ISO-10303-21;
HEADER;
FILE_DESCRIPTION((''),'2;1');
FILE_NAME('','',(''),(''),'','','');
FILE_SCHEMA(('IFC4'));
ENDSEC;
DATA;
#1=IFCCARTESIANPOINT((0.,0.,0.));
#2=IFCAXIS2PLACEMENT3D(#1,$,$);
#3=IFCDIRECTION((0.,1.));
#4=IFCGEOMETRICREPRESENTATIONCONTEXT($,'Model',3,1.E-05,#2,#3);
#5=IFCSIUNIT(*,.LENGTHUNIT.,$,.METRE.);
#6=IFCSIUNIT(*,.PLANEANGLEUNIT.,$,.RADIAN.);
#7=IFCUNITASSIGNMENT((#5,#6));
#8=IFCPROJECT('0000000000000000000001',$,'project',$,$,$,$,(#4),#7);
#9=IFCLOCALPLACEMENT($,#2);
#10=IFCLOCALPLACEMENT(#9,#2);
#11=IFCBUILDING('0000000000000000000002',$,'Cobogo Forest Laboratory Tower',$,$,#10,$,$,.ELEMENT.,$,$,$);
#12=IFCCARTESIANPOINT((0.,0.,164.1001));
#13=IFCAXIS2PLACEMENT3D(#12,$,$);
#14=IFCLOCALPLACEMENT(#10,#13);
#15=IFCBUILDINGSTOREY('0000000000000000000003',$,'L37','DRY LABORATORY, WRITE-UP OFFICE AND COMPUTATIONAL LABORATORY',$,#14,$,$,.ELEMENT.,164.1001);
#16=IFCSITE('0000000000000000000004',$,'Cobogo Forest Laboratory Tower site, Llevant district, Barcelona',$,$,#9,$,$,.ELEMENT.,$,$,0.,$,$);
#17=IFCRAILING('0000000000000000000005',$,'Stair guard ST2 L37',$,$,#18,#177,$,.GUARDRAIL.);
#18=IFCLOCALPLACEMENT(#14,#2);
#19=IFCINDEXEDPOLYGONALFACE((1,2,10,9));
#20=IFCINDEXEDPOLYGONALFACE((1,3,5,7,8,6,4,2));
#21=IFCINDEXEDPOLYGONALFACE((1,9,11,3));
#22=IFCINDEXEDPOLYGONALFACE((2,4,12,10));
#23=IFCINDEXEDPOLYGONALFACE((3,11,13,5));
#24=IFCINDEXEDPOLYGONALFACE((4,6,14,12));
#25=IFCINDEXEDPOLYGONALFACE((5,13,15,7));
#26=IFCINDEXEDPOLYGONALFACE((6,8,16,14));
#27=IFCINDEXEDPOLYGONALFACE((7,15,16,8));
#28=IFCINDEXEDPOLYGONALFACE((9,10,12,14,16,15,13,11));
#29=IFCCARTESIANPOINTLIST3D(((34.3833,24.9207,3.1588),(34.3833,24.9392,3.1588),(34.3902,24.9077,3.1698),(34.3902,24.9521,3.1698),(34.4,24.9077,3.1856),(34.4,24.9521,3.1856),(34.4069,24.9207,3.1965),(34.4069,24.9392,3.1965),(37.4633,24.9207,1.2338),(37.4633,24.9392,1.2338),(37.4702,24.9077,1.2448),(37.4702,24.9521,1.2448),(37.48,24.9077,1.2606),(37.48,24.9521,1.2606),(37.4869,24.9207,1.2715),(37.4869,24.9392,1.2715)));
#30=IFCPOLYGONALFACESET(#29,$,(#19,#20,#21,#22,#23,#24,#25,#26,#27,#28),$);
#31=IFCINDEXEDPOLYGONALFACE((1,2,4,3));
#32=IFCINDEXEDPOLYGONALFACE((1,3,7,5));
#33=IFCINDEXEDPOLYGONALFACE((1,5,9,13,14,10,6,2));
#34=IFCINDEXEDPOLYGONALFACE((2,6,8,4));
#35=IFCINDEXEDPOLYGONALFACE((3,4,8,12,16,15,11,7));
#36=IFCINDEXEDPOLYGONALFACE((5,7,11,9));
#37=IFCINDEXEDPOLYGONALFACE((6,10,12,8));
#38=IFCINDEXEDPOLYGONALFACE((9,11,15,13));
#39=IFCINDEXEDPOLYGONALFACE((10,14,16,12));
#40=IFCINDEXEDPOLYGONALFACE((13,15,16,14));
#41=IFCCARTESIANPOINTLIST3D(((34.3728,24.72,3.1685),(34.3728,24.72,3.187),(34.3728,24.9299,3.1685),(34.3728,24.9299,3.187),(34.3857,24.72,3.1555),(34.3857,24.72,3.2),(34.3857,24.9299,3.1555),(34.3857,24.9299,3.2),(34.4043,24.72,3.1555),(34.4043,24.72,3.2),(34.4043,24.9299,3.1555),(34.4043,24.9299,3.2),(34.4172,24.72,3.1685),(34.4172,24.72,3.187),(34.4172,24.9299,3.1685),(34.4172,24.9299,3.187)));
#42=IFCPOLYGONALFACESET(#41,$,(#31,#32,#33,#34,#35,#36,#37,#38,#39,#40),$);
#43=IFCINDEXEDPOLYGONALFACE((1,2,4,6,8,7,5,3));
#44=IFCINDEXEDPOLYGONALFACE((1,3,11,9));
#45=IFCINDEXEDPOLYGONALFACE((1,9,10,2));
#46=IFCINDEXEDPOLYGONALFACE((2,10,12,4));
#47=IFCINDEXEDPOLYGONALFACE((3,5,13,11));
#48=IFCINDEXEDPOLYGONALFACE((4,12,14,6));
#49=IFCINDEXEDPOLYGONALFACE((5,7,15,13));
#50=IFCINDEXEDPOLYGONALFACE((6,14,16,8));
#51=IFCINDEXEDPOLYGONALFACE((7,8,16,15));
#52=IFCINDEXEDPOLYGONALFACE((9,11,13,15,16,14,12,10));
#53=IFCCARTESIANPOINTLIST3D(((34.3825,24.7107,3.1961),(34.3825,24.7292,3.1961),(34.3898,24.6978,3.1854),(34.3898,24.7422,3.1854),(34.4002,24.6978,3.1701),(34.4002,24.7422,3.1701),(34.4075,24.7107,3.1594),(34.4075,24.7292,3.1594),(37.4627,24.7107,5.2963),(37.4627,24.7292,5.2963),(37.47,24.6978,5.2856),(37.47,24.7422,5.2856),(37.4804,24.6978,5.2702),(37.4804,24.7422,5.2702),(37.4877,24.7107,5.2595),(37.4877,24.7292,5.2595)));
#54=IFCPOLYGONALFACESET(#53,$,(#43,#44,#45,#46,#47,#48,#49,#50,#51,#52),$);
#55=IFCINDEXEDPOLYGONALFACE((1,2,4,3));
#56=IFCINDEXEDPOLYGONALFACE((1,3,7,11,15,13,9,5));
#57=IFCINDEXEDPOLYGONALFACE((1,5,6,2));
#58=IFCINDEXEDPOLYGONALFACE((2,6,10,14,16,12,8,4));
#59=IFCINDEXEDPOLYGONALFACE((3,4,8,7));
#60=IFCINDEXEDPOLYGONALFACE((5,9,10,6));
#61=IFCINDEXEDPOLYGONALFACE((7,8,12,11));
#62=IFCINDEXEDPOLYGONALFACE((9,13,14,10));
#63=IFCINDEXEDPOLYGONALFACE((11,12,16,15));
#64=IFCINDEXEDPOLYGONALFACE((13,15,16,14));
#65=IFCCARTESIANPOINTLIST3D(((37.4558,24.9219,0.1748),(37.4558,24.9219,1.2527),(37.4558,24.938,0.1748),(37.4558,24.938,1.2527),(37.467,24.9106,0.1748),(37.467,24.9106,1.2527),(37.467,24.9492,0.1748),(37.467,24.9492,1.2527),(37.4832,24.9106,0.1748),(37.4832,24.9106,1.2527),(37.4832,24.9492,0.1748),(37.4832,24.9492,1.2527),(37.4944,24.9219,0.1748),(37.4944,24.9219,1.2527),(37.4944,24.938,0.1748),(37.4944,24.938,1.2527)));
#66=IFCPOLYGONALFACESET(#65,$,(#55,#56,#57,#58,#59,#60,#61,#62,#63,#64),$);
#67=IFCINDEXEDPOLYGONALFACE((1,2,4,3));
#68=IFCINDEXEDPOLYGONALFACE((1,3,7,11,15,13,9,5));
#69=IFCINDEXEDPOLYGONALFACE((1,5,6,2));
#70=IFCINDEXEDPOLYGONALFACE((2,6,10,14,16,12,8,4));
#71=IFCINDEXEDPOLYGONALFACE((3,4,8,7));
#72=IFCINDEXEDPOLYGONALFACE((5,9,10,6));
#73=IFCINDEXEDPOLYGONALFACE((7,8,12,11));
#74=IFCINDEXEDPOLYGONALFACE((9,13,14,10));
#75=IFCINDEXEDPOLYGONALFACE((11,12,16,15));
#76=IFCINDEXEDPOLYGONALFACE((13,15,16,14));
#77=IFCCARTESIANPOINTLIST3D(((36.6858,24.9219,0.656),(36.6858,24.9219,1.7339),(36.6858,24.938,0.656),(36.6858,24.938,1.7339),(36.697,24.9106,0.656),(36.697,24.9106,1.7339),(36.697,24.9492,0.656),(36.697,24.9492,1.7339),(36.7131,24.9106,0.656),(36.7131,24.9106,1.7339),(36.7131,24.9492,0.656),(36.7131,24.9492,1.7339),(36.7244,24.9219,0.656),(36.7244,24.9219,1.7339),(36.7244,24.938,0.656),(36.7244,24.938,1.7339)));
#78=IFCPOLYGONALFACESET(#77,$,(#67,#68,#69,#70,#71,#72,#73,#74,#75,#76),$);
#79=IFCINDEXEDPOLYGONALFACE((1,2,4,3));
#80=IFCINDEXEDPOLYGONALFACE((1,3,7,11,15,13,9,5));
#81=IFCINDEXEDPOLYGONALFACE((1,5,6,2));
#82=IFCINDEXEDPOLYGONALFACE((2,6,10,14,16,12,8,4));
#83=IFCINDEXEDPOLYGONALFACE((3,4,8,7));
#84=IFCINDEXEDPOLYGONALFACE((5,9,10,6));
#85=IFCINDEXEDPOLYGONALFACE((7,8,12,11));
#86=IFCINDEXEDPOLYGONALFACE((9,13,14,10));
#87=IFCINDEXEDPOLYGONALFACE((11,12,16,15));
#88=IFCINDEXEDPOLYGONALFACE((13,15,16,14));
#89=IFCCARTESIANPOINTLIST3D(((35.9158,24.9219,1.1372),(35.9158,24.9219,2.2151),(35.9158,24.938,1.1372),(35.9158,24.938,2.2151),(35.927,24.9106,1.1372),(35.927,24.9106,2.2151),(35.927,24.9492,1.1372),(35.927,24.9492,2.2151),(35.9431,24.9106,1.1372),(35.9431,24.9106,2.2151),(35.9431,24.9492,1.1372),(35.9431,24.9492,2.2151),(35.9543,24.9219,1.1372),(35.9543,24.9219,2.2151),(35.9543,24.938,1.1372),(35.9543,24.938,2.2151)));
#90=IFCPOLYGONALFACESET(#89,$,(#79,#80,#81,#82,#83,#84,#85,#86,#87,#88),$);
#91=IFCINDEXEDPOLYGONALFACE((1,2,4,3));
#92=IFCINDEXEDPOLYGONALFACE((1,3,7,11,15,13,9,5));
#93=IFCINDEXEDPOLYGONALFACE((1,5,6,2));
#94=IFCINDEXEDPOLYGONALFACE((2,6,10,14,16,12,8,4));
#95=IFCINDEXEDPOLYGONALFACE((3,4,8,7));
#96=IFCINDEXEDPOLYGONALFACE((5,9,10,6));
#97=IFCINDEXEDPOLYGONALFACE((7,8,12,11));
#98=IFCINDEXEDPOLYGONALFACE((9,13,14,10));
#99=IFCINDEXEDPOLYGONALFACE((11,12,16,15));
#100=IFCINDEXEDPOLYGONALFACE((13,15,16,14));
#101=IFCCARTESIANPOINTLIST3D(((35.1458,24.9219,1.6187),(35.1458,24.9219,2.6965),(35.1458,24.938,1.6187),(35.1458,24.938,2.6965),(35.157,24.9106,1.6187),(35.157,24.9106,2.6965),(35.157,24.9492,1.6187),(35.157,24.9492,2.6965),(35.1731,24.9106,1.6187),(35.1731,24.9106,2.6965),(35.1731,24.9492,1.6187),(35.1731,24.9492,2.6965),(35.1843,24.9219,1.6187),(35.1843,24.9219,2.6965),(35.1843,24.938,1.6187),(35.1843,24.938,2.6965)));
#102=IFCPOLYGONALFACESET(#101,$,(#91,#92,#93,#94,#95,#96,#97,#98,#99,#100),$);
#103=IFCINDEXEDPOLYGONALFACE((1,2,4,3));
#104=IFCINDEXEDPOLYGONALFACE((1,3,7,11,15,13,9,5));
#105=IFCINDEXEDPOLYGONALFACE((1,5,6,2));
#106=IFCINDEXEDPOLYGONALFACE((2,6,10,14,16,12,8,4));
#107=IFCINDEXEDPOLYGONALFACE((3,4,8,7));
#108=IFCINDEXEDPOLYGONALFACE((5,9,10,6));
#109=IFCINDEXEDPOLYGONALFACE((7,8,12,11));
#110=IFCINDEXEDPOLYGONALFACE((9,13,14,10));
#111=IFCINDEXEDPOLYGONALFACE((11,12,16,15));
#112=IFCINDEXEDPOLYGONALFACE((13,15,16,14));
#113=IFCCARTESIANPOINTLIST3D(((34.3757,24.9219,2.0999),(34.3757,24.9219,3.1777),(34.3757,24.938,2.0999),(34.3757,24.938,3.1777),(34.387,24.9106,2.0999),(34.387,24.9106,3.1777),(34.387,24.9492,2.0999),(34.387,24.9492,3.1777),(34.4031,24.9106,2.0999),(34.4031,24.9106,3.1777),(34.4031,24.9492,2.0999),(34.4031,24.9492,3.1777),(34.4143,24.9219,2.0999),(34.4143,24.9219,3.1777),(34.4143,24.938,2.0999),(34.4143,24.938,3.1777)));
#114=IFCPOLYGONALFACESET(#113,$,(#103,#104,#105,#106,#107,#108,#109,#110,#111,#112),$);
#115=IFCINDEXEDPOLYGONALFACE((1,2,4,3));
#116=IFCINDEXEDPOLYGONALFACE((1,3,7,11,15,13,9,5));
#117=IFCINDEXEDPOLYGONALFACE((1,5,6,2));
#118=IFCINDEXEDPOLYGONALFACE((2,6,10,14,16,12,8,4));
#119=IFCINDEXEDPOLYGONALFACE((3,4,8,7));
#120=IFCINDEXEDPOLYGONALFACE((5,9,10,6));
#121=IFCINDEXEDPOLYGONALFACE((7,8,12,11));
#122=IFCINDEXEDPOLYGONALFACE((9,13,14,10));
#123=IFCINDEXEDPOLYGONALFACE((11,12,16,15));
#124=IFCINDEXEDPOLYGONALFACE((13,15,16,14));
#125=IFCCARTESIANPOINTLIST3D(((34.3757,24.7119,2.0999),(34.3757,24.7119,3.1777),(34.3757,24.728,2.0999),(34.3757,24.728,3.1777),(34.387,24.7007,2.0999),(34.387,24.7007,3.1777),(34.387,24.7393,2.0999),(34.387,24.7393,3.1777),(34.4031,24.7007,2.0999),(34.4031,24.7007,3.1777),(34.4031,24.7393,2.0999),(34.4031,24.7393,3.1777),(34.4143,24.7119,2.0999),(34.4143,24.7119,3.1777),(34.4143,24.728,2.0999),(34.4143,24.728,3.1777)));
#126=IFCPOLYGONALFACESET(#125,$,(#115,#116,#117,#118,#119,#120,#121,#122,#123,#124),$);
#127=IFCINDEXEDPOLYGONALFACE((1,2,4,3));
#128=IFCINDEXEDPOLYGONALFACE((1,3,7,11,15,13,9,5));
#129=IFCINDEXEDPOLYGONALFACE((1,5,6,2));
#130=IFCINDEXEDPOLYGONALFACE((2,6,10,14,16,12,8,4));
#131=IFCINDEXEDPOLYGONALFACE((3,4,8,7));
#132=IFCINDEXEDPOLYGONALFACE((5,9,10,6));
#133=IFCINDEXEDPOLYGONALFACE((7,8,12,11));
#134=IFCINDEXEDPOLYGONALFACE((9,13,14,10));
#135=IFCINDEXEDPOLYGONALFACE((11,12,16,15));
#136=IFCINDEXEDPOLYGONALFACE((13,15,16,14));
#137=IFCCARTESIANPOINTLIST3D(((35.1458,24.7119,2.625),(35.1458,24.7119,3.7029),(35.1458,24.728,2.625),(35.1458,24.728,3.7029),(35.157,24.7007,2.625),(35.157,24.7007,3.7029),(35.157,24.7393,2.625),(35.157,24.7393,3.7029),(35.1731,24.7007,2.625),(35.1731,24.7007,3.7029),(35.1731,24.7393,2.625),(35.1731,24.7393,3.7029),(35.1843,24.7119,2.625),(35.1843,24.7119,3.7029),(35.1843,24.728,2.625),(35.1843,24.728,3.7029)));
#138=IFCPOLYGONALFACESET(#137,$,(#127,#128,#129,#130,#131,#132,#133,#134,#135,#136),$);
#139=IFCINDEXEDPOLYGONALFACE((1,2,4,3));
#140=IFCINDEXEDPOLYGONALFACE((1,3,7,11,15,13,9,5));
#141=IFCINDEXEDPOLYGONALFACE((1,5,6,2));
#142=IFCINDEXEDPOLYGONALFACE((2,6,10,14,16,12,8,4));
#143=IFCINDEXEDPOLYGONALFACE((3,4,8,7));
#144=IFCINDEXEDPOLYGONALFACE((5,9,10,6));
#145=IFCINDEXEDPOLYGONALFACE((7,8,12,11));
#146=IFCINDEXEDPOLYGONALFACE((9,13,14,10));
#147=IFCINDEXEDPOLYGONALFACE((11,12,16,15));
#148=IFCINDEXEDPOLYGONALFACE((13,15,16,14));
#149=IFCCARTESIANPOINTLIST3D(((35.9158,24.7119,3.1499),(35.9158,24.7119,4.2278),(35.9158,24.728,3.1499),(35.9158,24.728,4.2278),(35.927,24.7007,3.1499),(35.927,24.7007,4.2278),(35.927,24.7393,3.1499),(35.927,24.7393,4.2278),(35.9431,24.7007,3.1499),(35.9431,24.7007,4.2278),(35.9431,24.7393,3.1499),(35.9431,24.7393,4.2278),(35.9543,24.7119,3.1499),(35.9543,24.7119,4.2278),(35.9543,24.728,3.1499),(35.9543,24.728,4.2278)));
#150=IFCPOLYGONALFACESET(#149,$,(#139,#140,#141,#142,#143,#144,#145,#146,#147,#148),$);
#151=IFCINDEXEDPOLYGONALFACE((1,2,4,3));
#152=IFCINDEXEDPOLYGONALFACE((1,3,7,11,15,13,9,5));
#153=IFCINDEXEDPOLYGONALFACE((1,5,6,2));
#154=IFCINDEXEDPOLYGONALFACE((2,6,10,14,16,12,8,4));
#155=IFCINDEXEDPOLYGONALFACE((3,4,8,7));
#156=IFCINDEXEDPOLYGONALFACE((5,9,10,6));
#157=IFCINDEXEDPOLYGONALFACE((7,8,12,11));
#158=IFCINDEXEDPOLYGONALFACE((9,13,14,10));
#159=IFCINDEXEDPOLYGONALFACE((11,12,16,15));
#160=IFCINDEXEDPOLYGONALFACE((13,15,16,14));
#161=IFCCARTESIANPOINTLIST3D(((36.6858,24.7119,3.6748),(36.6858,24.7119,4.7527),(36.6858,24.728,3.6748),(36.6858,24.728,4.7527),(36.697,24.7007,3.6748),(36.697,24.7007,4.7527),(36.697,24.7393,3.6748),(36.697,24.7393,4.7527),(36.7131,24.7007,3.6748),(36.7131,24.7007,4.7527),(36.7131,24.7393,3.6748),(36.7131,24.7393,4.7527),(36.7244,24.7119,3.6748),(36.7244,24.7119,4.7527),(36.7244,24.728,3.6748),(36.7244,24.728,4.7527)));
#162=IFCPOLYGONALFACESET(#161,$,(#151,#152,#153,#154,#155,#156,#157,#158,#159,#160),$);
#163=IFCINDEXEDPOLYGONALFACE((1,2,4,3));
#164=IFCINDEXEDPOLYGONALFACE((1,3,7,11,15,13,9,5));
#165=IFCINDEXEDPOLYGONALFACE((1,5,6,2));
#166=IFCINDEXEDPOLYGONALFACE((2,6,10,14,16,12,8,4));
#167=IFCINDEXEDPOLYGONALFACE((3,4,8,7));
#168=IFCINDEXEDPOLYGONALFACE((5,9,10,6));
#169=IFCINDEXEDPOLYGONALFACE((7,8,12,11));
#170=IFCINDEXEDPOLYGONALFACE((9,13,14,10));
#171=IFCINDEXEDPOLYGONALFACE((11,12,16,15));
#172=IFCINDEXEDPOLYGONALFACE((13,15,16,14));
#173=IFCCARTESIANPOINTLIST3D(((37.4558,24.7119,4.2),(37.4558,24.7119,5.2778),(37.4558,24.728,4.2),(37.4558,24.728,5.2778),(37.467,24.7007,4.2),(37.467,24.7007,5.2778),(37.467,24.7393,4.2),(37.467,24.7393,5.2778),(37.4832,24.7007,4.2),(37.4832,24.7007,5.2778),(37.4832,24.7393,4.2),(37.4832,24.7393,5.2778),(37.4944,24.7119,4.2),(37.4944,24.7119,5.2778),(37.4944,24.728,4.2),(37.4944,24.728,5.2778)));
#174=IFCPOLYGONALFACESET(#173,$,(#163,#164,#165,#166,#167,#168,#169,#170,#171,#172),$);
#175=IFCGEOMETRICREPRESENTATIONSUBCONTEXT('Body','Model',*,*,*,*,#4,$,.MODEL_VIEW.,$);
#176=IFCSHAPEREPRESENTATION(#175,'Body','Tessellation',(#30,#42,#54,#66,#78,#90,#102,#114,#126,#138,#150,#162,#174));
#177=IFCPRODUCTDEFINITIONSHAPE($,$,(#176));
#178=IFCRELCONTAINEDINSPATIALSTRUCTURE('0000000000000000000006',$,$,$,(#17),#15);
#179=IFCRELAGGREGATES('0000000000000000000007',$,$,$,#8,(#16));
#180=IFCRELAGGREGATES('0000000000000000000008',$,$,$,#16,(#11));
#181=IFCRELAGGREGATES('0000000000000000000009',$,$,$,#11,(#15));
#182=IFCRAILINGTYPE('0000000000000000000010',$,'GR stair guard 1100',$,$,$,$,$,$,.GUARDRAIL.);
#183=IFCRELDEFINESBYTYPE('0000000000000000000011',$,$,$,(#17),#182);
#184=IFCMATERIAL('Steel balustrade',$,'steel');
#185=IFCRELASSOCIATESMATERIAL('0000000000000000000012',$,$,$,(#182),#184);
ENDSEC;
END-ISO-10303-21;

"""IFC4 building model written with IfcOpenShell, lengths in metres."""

from ifc_helpers import new_model, si_unit, direction, frame, origin, place, context, subcontext, project, spatial, polyline, outline, extrude, material, type_object, element, save


model = new_model("IFC4")

# Units and contexts
model_context = context("Model", 3, precision=1e-05, world=origin(), true_north=direction((0.0, 1.0)))
body_context = subcontext(model_context, "Body", "Model", "MODEL_VIEW")
ifc_project = project(units=[si_unit("LENGTHUNIT", "METRE"), si_unit("PLANEANGLEUNIT", "RADIAN")], contexts=[model_context])

# Site, building, storey
site_placement = place(None, origin())
site = spatial("IfcSite", under=ifc_project, at=site_placement, Name="Cobogo Forest Laboratory Tower site, Llevant district, Barcelona", CompositionType="ELEMENT", RefElevation=0.0)
building_placement = place(site_placement, origin())
building = spatial("IfcBuilding", under=site, at=building_placement, Name="Cobogo Forest Laboratory Tower", CompositionType="ELEMENT")
storey_placement = place(building_placement, frame((0.0, 0.0, 164.1001)))
storey = spatial("IfcBuildingStorey", under=building, at=storey_placement, Name="L37", Description="DRY LABORATORY, WRITE-UP OFFICE AND COMPUTATIONAL LABORATORY", CompositionType="ELEMENT", Elevation=164.1001)

# Railing
ifc_material_1 = material(Name="Steel balustrade", Category="steel")
railing_type_1 = type_object("IfcRailingType", Name="GR stair guard 1100", PredefinedType="GUARDRAIL", material=ifc_material_1)
railing_1_placement = place(storey_placement, frame((37.4751, 24.9299, 0.1748)))
element("IfcRailing", 1, at=railing_1_placement, inside=storey, type_object=railing_type_1, Name="Stair guard ST2 L37", PredefinedType="GUARDRAIL", context=body_context, shape_type="SweptSolid", body=[
    extrude(outline(polyline([(0.0222, 0.0093), (0.0093, 0.0222), (-0.0093, 0.0222), (-0.0222, 0.0093), (-0.0222, -0.0093), (-0.0093, -0.0222), (0.0093, -0.0222), (0.0222, -0.0093), (0.0222, 0.0093)])), frame((0.0, 0.0, 1.0779), z_axis=(-0.847998, 0.0, 0.529999), x_axis=(0.0, -1.0, 0.0)), (0.0, 0.0, 1.0), 3.6321),
    extrude(outline(polyline([(0.0222, 0.0093), (0.0093, 0.0222), (-0.0093, 0.0222), (-0.0222, 0.0093), (-0.0222, -0.0093), (-0.0093, -0.0222), (0.0093, -0.0222), (0.0222, -0.0093), (0.0222, 0.0093)])), frame((-3.0801, 0.0, 3.0029), z_axis=(0.0, -1.0, 0.0), x_axis=(1.0, 0.0, 0.0)), (0.0, 0.0, 1.0), 0.21),
    extrude(outline(polyline([(0.0222, 0.0093), (0.0093, 0.0222), (-0.0093, 0.0222), (-0.0222, 0.0093), (-0.0222, -0.0093), (-0.0093, -0.0222), (0.0093, -0.0222), (0.0222, -0.0093), (0.0222, 0.0093)])), frame((-3.0801, -0.21, 3.0029), z_axis=(0.826222, 0.0, 0.563345), x_axis=(0.0, 1.0, 0.0)), (0.0, 0.0, 1.0), 3.728),
    extrude(outline(polyline([(0.0193, 0.0081), (0.0081, 0.0193), (-0.0081, 0.0193), (-0.0193, 0.0081), (-0.0193, -0.0081), (-0.0081, -0.0193), (0.0081, -0.0193), (0.0193, -0.0081), (0.0193, 0.0081)])), origin(), (0.0, 0.0, 1.0), 1.0779),
    extrude(outline(polyline([(0.0193, 0.0081), (0.0081, 0.0193), (-0.0081, 0.0193), (-0.0193, 0.0081), (-0.0193, -0.0081), (-0.0081, -0.0193), (0.0081, -0.0193), (0.0193, -0.0081), (0.0193, 0.0081)])), frame((-0.77, 0.0, 0.4812)), (0.0, 0.0, 1.0), 1.0779),
    extrude(outline(polyline([(0.0193, 0.0081), (0.0081, 0.0193), (-0.0081, 0.0193), (-0.0193, 0.0081), (-0.0193, -0.0081), (-0.0081, -0.0193), (0.0081, -0.0193), (0.0193, -0.0081), (0.0193, 0.0081)])), frame((-1.54, 0.0, 0.9624)), (0.0, 0.0, 1.0), 1.0779),
    extrude(outline(polyline([(0.0193, 0.0081), (0.0081, 0.0193), (-0.0081, 0.0193), (-0.0193, 0.0081), (-0.0193, -0.0081), (-0.0081, -0.0193), (0.0081, -0.0193), (0.0193, -0.0081), (0.0193, 0.0081)])), frame((-2.3101, 0.0, 1.4438)), (0.0, 0.0, 1.0), 1.0779),
    extrude(outline(polyline([(0.0193, 0.0081), (0.0081, 0.0193), (-0.0081, 0.0193), (-0.0193, 0.0081), (-0.0193, -0.0081), (-0.0081, -0.0193), (0.0081, -0.0193), (0.0193, -0.0081), (0.0193, 0.0081)])), frame((-3.0801, 0.0, 1.925)), (0.0, 0.0, 1.0), 1.0779),
    extrude(outline(polyline([(0.0193, 0.0081), (0.0081, 0.0193), (-0.0081, 0.0193), (-0.0193, 0.0081), (-0.0193, -0.0081), (-0.0081, -0.0193), (0.0081, -0.0193), (0.0193, -0.0081), (0.0193, 0.0081)])), frame((-3.0801, -0.21, 1.925)), (0.0, 0.0, 1.0), 1.0779),
    extrude(outline(polyline([(0.0193, 0.0081), (0.0081, 0.0193), (-0.0081, 0.0193), (-0.0193, 0.0081), (-0.0193, -0.0081), (-0.0081, -0.0193), (0.0081, -0.0193), (0.0193, -0.0081), (0.0193, 0.0081)])), frame((-2.3101, -0.21, 2.4502)), (0.0, 0.0, 1.0), 1.0779),
    extrude(outline(polyline([(0.0193, 0.0081), (0.0081, 0.0193), (-0.0081, 0.0193), (-0.0193, 0.0081), (-0.0193, -0.0081), (-0.0081, -0.0193), (0.0081, -0.0193), (0.0193, -0.0081), (0.0193, 0.0081)])), frame((-1.54, -0.21, 2.9751)), (0.0, 0.0, 1.0), 1.0779),
    extrude(outline(polyline([(0.0193, 0.0081), (0.0081, 0.0193), (-0.0081, 0.0193), (-0.0193, 0.0081), (-0.0193, -0.0081), (-0.0081, -0.0193), (0.0081, -0.0193), (0.0193, -0.0081), (0.0193, 0.0081)])), frame((-0.77, -0.21, 3.5)), (0.0, 0.0, 1.0), 1.0779),
    extrude(outline(polyline([(0.0193, 0.0081), (0.0081, 0.0193), (-0.0081, 0.0193), (-0.0193, 0.0081), (-0.0193, -0.0081), (-0.0081, -0.0193), (0.0081, -0.0193), (0.0193, -0.0081), (0.0193, 0.0081)])), frame((0.0, -0.21, 4.0251)), (0.0, 0.0, 1.0), 1.0779),
])

save(model, "model.ifc")
